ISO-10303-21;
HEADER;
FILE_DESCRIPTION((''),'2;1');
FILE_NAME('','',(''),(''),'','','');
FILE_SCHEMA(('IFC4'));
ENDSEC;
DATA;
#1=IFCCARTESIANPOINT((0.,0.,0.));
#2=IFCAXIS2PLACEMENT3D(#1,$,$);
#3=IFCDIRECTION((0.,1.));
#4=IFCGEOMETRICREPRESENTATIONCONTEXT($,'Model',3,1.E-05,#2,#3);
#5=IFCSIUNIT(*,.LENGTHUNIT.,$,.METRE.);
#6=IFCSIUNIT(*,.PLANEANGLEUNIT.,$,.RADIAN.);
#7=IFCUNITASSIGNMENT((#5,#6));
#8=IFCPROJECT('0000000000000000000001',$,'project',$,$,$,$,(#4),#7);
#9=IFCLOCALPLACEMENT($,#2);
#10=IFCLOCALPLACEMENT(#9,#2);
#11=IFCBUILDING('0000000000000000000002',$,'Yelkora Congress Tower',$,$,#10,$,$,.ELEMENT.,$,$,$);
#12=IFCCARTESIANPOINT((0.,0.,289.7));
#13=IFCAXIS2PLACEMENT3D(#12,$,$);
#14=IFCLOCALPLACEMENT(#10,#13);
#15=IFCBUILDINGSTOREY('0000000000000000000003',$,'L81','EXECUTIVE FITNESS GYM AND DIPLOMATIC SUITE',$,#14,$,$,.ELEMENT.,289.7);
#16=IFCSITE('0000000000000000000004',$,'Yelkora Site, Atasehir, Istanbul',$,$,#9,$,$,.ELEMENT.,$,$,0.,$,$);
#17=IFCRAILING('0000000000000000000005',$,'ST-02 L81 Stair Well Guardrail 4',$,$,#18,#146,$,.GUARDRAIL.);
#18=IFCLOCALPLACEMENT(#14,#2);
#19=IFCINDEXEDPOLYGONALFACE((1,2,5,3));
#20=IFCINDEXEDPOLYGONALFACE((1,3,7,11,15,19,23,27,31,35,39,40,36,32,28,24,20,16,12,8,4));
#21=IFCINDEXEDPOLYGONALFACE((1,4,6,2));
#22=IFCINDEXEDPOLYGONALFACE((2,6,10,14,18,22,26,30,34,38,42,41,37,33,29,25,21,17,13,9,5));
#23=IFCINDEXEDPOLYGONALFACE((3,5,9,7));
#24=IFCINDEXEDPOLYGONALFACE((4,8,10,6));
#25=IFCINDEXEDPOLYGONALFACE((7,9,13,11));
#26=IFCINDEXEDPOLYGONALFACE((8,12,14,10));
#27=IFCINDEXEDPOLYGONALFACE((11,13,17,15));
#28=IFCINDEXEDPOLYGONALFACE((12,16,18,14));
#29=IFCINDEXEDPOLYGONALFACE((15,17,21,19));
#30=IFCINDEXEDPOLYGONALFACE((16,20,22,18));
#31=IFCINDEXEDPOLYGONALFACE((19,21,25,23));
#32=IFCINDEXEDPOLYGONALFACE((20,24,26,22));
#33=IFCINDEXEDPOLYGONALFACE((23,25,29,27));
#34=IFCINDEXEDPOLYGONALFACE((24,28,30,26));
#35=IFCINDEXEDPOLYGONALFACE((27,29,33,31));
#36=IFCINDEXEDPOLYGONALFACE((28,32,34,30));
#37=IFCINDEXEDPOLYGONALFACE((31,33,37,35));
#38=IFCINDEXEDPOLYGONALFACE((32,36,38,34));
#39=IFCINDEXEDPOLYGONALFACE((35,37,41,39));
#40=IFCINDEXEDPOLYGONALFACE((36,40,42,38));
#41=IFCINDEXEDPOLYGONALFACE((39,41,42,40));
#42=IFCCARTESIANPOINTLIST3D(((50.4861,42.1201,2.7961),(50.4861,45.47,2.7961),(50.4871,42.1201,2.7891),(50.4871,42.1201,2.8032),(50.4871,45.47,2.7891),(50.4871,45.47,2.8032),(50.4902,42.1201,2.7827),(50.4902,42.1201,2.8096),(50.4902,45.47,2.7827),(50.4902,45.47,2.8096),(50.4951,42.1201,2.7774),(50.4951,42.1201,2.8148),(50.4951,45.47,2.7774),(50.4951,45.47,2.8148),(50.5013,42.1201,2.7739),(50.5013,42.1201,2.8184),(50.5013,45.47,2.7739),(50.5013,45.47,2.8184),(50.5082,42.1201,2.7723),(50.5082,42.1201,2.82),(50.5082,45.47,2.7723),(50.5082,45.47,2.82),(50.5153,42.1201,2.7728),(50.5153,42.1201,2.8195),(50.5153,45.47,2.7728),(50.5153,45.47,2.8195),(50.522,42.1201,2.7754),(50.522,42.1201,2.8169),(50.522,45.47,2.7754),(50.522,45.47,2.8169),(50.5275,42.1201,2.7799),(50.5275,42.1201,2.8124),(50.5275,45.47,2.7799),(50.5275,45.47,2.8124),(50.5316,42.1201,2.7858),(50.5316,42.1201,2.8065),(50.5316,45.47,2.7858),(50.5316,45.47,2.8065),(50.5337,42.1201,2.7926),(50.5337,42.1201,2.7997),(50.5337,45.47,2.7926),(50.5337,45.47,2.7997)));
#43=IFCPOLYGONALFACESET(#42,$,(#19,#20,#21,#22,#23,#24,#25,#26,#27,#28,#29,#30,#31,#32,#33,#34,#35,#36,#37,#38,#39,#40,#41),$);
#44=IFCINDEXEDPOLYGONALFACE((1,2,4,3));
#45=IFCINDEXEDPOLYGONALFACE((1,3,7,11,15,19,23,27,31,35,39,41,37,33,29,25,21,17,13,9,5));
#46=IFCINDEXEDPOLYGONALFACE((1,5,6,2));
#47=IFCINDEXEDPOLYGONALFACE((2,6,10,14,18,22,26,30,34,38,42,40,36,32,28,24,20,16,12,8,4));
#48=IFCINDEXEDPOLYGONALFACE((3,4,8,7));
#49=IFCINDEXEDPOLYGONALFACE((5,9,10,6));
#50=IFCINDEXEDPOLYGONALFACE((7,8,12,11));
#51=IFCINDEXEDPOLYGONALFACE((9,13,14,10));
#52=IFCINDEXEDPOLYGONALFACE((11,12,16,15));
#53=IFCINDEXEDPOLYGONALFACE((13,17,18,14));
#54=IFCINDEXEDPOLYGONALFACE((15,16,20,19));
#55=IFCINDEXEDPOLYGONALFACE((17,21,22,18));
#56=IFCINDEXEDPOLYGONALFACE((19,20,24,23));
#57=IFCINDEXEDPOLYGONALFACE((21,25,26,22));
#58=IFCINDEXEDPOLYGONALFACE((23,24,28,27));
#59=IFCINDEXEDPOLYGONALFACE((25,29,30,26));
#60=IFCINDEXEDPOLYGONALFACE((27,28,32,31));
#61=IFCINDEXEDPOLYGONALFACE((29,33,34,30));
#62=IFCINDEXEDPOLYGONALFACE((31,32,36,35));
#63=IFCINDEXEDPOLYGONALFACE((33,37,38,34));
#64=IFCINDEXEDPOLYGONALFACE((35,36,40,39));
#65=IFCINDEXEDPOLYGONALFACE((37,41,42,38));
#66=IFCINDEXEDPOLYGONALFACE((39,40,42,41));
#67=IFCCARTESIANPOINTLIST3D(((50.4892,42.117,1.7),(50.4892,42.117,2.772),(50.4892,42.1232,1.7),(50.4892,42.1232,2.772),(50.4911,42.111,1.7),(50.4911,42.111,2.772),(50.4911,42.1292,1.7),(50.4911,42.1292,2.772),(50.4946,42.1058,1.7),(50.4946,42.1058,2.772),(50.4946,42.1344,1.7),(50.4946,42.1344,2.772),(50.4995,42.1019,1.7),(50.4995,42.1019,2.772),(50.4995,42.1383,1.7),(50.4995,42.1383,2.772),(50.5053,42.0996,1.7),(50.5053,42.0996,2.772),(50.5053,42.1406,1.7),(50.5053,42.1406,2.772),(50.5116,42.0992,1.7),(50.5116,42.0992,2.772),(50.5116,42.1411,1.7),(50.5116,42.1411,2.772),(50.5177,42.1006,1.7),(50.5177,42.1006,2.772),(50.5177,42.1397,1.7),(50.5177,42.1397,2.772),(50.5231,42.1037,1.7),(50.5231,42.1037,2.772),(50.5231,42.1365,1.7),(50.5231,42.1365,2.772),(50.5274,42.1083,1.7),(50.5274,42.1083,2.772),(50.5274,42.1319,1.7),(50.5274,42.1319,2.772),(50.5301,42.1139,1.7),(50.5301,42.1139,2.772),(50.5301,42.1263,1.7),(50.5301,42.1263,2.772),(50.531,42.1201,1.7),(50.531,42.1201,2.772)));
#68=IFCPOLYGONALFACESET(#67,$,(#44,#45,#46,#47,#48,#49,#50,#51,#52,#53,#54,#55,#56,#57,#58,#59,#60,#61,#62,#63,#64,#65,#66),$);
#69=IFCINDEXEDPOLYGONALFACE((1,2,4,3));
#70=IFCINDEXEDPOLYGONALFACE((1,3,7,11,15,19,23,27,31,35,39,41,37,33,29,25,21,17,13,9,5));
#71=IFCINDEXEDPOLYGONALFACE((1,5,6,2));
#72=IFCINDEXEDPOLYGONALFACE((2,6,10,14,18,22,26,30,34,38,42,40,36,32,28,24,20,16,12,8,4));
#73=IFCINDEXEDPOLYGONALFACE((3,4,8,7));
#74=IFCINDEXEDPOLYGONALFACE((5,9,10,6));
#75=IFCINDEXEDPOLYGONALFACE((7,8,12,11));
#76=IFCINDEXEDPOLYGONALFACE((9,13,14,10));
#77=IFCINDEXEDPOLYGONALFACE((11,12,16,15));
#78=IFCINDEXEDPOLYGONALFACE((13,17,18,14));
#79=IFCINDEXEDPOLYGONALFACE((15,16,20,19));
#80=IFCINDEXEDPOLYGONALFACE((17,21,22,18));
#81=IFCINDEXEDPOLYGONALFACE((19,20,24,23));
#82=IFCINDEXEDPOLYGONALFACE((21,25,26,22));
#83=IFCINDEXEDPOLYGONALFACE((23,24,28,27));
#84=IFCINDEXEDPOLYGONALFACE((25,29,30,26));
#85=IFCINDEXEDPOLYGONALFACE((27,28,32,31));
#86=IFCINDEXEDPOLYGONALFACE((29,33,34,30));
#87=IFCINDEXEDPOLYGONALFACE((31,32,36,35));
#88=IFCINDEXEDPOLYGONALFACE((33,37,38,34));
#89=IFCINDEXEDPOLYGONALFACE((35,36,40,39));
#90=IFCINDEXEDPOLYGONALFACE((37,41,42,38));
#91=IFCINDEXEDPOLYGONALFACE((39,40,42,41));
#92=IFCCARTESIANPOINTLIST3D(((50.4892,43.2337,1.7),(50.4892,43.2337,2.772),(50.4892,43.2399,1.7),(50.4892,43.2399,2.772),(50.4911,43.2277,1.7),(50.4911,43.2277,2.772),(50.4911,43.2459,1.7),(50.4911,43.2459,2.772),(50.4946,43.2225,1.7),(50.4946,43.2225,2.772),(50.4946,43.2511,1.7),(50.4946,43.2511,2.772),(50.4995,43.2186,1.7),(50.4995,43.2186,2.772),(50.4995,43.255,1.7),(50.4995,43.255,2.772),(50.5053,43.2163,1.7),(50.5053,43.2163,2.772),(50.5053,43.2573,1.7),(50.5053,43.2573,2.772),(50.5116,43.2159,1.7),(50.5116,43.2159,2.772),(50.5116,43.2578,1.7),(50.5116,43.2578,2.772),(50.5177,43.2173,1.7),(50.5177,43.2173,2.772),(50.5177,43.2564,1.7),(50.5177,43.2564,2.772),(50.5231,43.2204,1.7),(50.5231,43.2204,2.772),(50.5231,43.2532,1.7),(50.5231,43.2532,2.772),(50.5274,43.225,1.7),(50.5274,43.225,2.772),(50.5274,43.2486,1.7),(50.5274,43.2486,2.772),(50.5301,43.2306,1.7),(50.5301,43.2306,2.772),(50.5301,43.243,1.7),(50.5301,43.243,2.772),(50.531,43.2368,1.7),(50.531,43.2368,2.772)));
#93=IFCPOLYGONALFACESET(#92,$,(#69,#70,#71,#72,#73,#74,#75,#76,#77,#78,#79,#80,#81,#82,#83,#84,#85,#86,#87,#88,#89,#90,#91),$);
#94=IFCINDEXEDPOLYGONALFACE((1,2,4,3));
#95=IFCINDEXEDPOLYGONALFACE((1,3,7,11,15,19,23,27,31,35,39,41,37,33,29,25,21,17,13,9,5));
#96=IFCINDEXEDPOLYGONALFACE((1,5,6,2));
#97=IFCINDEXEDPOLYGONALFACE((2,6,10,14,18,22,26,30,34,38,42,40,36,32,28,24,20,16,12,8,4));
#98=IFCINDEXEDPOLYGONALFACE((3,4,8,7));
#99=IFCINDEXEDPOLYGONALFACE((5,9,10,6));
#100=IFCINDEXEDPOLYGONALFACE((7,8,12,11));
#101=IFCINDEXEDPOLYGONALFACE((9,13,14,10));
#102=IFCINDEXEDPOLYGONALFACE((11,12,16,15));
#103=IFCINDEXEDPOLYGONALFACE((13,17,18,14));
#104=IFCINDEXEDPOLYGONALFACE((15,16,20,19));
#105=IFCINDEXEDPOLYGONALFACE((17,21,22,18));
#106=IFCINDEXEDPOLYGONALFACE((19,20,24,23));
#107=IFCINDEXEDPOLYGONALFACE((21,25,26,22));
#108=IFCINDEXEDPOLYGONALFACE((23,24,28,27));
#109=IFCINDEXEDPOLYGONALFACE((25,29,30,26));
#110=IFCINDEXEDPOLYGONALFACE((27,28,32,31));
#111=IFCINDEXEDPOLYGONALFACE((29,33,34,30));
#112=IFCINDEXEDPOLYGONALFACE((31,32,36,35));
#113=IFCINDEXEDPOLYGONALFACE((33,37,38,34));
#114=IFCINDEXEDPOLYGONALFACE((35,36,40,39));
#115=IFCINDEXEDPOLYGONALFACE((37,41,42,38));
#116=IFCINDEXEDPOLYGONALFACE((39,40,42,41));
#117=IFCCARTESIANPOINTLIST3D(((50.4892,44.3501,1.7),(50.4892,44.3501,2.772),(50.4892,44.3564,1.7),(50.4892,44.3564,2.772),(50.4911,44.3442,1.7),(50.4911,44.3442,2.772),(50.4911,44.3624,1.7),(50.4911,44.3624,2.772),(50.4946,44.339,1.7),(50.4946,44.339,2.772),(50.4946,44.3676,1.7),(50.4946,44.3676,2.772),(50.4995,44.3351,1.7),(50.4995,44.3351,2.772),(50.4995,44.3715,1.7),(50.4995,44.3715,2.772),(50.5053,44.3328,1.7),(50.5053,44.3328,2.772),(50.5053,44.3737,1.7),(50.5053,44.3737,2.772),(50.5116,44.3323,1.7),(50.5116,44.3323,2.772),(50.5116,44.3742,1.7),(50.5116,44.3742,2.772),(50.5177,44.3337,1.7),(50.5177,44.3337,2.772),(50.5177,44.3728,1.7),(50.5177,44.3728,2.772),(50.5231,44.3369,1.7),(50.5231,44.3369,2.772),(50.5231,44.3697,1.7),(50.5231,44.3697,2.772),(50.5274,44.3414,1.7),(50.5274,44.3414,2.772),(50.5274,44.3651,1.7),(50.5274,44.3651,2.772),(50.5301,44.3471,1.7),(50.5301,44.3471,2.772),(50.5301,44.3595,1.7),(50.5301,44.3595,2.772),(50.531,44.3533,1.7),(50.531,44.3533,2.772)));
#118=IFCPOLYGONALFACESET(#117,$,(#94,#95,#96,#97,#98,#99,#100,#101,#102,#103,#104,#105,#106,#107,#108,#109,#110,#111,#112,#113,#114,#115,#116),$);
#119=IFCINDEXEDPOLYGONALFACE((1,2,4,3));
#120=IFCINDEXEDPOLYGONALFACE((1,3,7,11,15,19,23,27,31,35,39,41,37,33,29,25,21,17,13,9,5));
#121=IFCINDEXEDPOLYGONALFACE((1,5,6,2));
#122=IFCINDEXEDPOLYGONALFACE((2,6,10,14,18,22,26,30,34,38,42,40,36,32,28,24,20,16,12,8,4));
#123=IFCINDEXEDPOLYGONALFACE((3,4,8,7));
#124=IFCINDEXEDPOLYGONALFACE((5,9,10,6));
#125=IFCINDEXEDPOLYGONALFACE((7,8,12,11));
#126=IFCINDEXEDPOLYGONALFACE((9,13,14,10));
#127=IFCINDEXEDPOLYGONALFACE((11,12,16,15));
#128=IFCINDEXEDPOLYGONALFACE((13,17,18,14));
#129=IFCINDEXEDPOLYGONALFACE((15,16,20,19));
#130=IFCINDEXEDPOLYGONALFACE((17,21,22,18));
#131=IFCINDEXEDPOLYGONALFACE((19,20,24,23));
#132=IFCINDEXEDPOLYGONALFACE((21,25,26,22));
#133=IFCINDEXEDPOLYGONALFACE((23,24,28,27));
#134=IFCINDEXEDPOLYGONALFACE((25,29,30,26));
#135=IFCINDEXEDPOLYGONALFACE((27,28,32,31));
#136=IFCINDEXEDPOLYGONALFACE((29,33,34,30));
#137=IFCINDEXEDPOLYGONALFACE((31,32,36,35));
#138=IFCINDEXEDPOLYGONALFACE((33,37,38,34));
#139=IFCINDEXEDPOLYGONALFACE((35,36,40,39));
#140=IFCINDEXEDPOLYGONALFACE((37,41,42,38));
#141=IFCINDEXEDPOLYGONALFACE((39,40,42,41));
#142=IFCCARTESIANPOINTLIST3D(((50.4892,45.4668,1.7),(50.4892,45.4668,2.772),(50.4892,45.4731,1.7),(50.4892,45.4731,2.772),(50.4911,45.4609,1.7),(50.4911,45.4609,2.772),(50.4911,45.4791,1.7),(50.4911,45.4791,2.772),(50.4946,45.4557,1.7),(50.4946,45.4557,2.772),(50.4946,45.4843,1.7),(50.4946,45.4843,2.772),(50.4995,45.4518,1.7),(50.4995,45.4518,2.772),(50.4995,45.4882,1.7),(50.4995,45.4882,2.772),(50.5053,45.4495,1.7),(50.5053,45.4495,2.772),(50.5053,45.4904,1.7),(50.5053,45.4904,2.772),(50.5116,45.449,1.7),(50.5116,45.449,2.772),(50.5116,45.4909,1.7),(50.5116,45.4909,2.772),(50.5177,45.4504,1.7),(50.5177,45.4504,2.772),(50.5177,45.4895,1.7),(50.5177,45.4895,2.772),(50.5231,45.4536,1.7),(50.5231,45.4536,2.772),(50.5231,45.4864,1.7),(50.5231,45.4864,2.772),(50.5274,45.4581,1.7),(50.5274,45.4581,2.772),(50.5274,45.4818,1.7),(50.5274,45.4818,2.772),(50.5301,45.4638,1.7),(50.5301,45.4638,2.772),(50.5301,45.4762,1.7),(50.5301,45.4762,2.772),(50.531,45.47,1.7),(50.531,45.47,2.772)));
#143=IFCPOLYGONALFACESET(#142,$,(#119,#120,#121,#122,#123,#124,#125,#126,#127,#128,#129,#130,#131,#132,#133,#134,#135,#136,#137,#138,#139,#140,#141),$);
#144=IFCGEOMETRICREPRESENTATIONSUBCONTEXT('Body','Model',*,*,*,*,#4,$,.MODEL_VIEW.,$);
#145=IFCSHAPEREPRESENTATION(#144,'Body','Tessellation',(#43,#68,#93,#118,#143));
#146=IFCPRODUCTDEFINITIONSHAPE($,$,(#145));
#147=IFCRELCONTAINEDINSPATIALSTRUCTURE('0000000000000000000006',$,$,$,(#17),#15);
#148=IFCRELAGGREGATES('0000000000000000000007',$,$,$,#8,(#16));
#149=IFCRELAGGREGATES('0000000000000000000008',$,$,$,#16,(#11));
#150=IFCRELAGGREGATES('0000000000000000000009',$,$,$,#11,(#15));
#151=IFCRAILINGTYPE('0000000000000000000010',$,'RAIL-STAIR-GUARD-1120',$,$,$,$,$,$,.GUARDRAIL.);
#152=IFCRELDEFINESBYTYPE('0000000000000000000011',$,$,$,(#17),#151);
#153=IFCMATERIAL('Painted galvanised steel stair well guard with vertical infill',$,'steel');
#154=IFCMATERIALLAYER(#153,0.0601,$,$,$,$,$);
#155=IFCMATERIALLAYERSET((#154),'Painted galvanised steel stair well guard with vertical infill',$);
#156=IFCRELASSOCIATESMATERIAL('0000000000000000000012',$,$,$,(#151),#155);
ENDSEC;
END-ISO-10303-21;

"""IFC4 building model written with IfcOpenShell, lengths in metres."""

from ifc_helpers import new_model, si_unit, direction, frame, origin, origin_2d, place, context, subcontext, project, spatial, circle, extrude, material, layer, layer_set, type_object, element, save


model = new_model("IFC4")

# Units and contexts
model_context = context("Model", 3, precision=1e-05, world=origin(), true_north=direction((0.0, 1.0)))
body_context = subcontext(model_context, "Body", "Model", "MODEL_VIEW")
ifc_project = project(units=[si_unit("LENGTHUNIT", "METRE"), si_unit("PLANEANGLEUNIT", "RADIAN")], contexts=[model_context])

# Site, building, storey
site_placement = place(None, origin())
site = spatial("IfcSite", under=ifc_project, at=site_placement, Name="Yelkora Site, Atasehir, Istanbul", CompositionType="ELEMENT", RefElevation=0.0)
building_placement = place(site_placement, origin())
building = spatial("IfcBuilding", under=site, at=building_placement, Name="Yelkora Congress Tower", CompositionType="ELEMENT")
storey_placement = place(building_placement, frame((0.0, 0.0, 289.7)))
storey = spatial("IfcBuildingStorey", under=building, at=storey_placement, Name="L81", Description="EXECUTIVE FITNESS GYM AND DIPLOMATIC SUITE", CompositionType="ELEMENT", Elevation=289.7)

# Railing
ifc_material_1 = material(Name="Painted galvanised steel stair well guard with vertical infill", Category="steel")
ifc_layer_1 = layer(ifc_material_1, 0.0601)
ifc_layer_set_1 = layer_set([ifc_layer_1], Name="Painted galvanised steel stair well guard with vertical infill")
railing_type_1 = type_object("IfcRailingType", Name="RAIL-STAIR-GUARD-1120", PredefinedType="GUARDRAIL", material=ifc_layer_set_1)
railing_1_placement = place(storey_placement, frame((50.51, 42.1201, 1.7)))
element("IfcRailing", 1, at=railing_1_placement, inside=storey, type_object=railing_type_1, Name="ST-02 L81 Stair Well Guardrail 4", PredefinedType="GUARDRAIL", context=body_context, shape_type="SweptSolid", body=[
    extrude(circle(Radius=0.0239, at=origin_2d()), frame((0.0, 0.0, 1.0962), z_axis=(0.0, 1.0, 0.0), x_axis=(-1.0, 0.0, 0.0)), (0.0, 0.0, 1.0), 3.3499),
    extrude(circle(Radius=0.021, at=origin_2d()), origin(), (0.0, 0.0, 1.0), 1.072),
    extrude(circle(Radius=0.021, at=origin_2d()), frame((0.0, 1.1167, 0.0)), (0.0, 0.0, 1.0), 1.072),
    extrude(circle(Radius=0.021, at=origin_2d()), frame((0.0, 2.2332, 0.0)), (0.0, 0.0, 1.0), 1.072),
    extrude(circle(Radius=0.021, at=origin_2d()), frame((0.0, 3.3499, 0.0)), (0.0, 0.0, 1.0), 1.072),
])

save(model, "model.ifc")
